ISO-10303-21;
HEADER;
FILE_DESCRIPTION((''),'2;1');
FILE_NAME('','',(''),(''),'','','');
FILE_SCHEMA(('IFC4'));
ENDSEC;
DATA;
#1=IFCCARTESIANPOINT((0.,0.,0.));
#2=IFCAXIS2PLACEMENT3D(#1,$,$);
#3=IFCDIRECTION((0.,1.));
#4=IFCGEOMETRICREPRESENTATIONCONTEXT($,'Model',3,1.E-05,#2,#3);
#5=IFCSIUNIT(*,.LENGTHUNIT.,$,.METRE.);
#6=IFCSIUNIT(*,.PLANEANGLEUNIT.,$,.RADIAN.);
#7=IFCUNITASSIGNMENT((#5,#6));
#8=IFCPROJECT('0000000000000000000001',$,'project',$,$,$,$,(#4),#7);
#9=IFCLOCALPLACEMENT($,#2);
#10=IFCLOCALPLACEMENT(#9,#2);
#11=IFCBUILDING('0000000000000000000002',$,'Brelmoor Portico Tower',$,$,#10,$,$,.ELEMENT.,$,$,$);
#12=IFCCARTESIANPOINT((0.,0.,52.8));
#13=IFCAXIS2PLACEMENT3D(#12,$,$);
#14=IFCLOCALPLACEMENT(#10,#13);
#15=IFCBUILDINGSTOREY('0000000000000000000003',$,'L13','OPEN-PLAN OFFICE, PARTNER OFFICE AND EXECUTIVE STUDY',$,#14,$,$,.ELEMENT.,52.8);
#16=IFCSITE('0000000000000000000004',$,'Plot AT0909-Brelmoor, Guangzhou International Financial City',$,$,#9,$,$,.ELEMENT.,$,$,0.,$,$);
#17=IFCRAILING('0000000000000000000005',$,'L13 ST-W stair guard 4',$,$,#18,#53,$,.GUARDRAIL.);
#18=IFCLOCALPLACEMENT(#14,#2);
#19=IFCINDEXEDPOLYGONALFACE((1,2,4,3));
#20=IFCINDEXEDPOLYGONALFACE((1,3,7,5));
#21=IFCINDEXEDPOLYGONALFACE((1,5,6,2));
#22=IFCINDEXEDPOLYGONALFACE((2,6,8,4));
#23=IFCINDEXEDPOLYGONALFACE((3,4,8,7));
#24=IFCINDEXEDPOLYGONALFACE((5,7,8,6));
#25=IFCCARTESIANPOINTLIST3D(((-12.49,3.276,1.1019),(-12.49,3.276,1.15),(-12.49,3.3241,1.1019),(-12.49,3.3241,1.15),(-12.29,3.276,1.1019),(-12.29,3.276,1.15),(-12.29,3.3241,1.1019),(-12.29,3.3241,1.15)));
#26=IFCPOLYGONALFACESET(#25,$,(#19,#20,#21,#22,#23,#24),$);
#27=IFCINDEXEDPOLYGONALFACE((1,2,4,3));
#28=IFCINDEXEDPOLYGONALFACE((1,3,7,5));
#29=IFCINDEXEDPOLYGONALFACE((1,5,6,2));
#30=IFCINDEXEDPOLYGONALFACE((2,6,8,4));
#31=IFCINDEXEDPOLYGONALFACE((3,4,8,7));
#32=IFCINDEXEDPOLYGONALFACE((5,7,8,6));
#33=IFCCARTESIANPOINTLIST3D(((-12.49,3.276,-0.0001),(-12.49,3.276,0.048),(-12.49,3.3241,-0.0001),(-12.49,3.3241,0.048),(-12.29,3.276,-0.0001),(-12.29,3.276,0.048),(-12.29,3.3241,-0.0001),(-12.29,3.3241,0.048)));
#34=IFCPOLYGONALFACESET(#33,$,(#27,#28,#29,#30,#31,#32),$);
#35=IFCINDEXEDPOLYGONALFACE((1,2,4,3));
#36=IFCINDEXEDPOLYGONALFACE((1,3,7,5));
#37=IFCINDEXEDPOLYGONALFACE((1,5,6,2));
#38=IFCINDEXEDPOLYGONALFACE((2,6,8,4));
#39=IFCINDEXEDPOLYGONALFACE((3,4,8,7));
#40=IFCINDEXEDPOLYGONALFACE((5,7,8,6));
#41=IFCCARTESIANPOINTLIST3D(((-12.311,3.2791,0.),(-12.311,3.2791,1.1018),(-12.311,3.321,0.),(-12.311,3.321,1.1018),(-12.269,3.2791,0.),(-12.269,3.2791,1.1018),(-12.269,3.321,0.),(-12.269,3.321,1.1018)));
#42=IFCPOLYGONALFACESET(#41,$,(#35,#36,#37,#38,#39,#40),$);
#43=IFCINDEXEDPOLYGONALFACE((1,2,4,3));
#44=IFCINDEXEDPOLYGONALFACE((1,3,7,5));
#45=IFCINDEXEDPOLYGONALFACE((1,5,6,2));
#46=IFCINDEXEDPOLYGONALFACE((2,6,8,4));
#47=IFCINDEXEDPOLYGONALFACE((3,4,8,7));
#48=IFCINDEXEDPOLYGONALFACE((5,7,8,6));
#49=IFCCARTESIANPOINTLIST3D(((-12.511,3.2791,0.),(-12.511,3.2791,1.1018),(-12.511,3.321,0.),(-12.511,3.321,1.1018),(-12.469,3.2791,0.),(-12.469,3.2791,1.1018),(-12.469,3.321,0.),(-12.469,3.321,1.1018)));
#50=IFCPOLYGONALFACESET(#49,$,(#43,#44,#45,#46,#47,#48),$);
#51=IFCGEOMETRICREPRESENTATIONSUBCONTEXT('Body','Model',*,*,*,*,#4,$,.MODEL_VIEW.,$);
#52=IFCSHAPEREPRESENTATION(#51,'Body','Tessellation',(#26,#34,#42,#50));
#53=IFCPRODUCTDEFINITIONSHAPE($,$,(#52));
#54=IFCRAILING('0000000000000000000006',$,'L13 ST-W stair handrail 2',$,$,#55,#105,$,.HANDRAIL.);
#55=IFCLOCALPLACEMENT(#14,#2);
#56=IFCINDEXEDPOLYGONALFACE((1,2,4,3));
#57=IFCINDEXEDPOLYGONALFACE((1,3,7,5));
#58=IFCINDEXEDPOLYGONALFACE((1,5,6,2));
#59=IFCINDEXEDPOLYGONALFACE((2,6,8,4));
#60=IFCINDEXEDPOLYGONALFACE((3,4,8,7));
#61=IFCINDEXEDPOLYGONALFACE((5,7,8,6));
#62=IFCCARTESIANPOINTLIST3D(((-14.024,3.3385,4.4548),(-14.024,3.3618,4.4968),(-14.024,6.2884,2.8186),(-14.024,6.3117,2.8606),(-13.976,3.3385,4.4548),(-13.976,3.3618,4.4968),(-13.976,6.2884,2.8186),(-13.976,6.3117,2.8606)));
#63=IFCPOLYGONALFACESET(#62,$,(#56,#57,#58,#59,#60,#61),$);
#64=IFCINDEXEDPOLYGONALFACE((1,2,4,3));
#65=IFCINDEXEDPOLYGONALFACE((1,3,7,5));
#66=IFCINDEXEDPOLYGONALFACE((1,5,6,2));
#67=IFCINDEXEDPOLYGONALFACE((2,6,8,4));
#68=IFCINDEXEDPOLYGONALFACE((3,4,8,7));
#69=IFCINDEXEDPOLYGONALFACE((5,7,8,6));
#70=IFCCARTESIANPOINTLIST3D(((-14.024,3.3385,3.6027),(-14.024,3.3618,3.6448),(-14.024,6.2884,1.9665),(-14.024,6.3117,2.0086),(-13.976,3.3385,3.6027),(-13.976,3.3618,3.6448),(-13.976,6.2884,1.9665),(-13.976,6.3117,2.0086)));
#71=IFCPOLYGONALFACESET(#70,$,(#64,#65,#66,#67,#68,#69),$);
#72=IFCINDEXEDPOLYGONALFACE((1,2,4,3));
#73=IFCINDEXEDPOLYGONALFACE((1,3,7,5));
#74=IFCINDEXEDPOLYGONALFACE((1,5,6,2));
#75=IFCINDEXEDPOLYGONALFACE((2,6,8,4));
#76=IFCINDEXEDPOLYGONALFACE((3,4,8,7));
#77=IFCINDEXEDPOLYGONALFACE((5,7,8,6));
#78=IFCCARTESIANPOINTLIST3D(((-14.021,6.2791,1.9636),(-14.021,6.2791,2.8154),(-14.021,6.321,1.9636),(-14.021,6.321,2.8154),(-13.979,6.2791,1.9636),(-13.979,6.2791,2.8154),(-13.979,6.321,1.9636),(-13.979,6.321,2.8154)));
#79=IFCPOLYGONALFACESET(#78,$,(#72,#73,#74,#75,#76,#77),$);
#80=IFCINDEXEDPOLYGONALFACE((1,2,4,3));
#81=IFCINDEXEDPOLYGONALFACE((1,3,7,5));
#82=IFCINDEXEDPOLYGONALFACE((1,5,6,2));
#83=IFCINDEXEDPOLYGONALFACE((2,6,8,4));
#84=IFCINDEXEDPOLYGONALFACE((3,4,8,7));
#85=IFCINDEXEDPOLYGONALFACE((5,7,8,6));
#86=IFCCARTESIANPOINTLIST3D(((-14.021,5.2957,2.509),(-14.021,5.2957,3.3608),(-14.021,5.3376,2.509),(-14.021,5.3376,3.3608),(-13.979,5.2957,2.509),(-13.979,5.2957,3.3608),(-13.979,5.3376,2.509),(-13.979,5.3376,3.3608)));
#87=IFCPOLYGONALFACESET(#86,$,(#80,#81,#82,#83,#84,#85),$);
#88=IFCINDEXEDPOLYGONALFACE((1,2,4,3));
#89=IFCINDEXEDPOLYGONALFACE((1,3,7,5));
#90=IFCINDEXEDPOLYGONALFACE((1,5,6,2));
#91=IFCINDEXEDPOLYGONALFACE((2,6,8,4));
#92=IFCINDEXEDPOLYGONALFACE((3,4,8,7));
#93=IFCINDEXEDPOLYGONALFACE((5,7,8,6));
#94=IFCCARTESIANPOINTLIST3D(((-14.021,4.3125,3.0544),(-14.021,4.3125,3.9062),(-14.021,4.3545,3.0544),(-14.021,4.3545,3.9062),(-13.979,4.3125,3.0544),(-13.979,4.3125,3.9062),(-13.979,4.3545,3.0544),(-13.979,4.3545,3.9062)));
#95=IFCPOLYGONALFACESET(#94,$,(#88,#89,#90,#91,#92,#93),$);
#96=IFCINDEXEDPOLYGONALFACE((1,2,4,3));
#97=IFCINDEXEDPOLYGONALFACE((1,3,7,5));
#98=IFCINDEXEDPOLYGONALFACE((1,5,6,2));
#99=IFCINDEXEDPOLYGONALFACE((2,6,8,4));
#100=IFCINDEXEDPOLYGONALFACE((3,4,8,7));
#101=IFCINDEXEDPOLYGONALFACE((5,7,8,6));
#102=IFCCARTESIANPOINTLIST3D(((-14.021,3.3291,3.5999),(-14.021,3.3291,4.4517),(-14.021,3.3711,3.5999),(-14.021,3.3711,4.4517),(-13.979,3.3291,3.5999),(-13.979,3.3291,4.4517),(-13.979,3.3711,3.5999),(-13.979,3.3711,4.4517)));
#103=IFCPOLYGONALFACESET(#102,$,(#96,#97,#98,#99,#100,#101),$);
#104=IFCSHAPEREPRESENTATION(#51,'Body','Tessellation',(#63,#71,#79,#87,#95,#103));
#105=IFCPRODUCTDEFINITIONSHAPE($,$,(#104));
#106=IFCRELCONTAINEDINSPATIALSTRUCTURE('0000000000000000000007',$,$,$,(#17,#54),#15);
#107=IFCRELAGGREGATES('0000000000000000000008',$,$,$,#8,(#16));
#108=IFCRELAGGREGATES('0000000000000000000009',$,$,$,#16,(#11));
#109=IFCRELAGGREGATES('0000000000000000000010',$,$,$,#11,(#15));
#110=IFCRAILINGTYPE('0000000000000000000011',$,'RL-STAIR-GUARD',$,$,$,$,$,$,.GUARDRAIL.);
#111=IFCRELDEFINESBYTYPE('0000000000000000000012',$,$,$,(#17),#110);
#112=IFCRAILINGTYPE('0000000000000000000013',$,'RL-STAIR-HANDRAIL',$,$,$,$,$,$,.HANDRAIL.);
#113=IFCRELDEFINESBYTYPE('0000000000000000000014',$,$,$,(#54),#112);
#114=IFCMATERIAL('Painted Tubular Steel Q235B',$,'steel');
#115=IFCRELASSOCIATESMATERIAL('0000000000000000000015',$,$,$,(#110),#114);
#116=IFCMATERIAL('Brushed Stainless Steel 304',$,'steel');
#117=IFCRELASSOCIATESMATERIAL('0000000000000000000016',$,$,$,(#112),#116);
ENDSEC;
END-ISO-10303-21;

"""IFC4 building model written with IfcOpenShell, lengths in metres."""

from ifc_helpers import new_model, si_unit, direction, frame, origin, origin_2d, place, context, subcontext, project, spatial, rectangle, extrude, material, type_object, element, save


model = new_model("IFC4")

# Units and contexts
model_context = context("Model", 3, precision=1e-05, world=origin(), true_north=direction((0.0, 1.0)))
body_context = subcontext(model_context, "Body", "Model", "MODEL_VIEW")
ifc_project = project(units=[si_unit("LENGTHUNIT", "METRE"), si_unit("PLANEANGLEUNIT", "RADIAN")], contexts=[model_context])

# Site, building, storey
site_placement = place(None, origin())
site = spatial("IfcSite", under=ifc_project, at=site_placement, Name="Plot AT0909-Brelmoor, Guangzhou International Financial City", CompositionType="ELEMENT", RefElevation=0.0)
building_placement = place(site_placement, origin())
building = spatial("IfcBuilding", under=site, at=building_placement, Name="Brelmoor Portico Tower", CompositionType="ELEMENT")
storey_placement = place(building_placement, frame((0.0, 0.0, 52.8)))
storey = spatial("IfcBuildingStorey", under=building, at=storey_placement, Name="L13", Description="OPEN-PLAN OFFICE, PARTNER OFFICE AND EXECUTIVE STUDY", CompositionType="ELEMENT", Elevation=52.8)

# Railings
ifc_material_1 = material(Name="Painted Tubular Steel Q235B", Category="steel")
railing_type_1 = type_object("IfcRailingType", Name="RL-STAIR-GUARD", PredefinedType="GUARDRAIL", material=ifc_material_1)
railing_1_placement = place(storey_placement, frame((-12.29, 3.3, 0.0)))
element("IfcRailing", 1, at=railing_1_placement, inside=storey, type_object=railing_type_1, Name="L13 ST-W stair guard 4", PredefinedType="GUARDRAIL", context=body_context, shape_type="SweptSolid", body=[
    extrude(rectangle(XDim=0.0481, YDim=0.0481, at=origin_2d()), frame((0.0, 0.0, 1.126), z_axis=(-1.0, 0.0, 0.0), x_axis=(0.0, -1.0, 0.0)), (0.0, 0.0, 1.0), 0.2),
    extrude(rectangle(XDim=0.0481, YDim=0.0481, at=origin_2d()), frame((0.0, 0.0, 0.0239), z_axis=(-1.0, 0.0, 0.0), x_axis=(0.0, -1.0, 0.0)), (0.0, 0.0, 1.0), 0.2),
    extrude(rectangle(XDim=0.042, YDim=0.042, at=origin_2d()), origin(), (0.0, 0.0, 1.0), 1.1018),
    extrude(rectangle(XDim=0.042, YDim=0.042, at=origin_2d()), frame((-0.2, 0.0, 0.0)), (0.0, 0.0, 1.0), 1.1018),
])
ifc_material_2 = material(Name="Brushed Stainless Steel 304", Category="steel")
railing_type_2 = type_object("IfcRailingType", Name="RL-STAIR-HANDRAIL", PredefinedType="HANDRAIL", material=ifc_material_2)
railing_2_placement = place(storey_placement, frame((-14.0, 6.3, 1.9636)))
element("IfcRailing", 2, at=railing_2_placement, inside=storey, type_object=railing_type_2, Name="L13 ST-W stair handrail 2", PredefinedType="HANDRAIL", context=body_context, shape_type="SweptSolid", body=[
    extrude(rectangle(XDim=0.0481, YDim=0.0481, at=origin_2d()), frame((0.0, 0.0, 0.876), z_axis=(0.0, -0.874488, 0.485047), x_axis=(1.0, 0.0, 0.0)), (0.0, 0.0, 1.0), 3.3733),
    extrude(rectangle(XDim=0.0481, YDim=0.0481, at=origin_2d()), frame((0.0, 0.0, 0.0239), z_axis=(0.0, -0.874488, 0.485047), x_axis=(1.0, 0.0, 0.0)), (0.0, 0.0, 1.0), 3.3733),
    extrude(rectangle(XDim=0.042, YDim=0.042, at=origin_2d()), origin(), (0.0, 0.0, 1.0), 0.8518),
    extrude(rectangle(XDim=0.042, YDim=0.042, at=origin_2d()), frame((0.0, -0.9834, 0.5454)), (0.0, 0.0, 1.0), 0.8518),
    extrude(rectangle(XDim=0.042, YDim=0.042, at=origin_2d()), frame((0.0, -1.9666, 1.0908)), (0.0, 0.0, 1.0), 0.8518),
    extrude(rectangle(XDim=0.042, YDim=0.042, at=origin_2d()), frame((0.0, -2.95, 1.6362)), (0.0, 0.0, 1.0), 0.8518),
])

save(model, "model.ifc")
